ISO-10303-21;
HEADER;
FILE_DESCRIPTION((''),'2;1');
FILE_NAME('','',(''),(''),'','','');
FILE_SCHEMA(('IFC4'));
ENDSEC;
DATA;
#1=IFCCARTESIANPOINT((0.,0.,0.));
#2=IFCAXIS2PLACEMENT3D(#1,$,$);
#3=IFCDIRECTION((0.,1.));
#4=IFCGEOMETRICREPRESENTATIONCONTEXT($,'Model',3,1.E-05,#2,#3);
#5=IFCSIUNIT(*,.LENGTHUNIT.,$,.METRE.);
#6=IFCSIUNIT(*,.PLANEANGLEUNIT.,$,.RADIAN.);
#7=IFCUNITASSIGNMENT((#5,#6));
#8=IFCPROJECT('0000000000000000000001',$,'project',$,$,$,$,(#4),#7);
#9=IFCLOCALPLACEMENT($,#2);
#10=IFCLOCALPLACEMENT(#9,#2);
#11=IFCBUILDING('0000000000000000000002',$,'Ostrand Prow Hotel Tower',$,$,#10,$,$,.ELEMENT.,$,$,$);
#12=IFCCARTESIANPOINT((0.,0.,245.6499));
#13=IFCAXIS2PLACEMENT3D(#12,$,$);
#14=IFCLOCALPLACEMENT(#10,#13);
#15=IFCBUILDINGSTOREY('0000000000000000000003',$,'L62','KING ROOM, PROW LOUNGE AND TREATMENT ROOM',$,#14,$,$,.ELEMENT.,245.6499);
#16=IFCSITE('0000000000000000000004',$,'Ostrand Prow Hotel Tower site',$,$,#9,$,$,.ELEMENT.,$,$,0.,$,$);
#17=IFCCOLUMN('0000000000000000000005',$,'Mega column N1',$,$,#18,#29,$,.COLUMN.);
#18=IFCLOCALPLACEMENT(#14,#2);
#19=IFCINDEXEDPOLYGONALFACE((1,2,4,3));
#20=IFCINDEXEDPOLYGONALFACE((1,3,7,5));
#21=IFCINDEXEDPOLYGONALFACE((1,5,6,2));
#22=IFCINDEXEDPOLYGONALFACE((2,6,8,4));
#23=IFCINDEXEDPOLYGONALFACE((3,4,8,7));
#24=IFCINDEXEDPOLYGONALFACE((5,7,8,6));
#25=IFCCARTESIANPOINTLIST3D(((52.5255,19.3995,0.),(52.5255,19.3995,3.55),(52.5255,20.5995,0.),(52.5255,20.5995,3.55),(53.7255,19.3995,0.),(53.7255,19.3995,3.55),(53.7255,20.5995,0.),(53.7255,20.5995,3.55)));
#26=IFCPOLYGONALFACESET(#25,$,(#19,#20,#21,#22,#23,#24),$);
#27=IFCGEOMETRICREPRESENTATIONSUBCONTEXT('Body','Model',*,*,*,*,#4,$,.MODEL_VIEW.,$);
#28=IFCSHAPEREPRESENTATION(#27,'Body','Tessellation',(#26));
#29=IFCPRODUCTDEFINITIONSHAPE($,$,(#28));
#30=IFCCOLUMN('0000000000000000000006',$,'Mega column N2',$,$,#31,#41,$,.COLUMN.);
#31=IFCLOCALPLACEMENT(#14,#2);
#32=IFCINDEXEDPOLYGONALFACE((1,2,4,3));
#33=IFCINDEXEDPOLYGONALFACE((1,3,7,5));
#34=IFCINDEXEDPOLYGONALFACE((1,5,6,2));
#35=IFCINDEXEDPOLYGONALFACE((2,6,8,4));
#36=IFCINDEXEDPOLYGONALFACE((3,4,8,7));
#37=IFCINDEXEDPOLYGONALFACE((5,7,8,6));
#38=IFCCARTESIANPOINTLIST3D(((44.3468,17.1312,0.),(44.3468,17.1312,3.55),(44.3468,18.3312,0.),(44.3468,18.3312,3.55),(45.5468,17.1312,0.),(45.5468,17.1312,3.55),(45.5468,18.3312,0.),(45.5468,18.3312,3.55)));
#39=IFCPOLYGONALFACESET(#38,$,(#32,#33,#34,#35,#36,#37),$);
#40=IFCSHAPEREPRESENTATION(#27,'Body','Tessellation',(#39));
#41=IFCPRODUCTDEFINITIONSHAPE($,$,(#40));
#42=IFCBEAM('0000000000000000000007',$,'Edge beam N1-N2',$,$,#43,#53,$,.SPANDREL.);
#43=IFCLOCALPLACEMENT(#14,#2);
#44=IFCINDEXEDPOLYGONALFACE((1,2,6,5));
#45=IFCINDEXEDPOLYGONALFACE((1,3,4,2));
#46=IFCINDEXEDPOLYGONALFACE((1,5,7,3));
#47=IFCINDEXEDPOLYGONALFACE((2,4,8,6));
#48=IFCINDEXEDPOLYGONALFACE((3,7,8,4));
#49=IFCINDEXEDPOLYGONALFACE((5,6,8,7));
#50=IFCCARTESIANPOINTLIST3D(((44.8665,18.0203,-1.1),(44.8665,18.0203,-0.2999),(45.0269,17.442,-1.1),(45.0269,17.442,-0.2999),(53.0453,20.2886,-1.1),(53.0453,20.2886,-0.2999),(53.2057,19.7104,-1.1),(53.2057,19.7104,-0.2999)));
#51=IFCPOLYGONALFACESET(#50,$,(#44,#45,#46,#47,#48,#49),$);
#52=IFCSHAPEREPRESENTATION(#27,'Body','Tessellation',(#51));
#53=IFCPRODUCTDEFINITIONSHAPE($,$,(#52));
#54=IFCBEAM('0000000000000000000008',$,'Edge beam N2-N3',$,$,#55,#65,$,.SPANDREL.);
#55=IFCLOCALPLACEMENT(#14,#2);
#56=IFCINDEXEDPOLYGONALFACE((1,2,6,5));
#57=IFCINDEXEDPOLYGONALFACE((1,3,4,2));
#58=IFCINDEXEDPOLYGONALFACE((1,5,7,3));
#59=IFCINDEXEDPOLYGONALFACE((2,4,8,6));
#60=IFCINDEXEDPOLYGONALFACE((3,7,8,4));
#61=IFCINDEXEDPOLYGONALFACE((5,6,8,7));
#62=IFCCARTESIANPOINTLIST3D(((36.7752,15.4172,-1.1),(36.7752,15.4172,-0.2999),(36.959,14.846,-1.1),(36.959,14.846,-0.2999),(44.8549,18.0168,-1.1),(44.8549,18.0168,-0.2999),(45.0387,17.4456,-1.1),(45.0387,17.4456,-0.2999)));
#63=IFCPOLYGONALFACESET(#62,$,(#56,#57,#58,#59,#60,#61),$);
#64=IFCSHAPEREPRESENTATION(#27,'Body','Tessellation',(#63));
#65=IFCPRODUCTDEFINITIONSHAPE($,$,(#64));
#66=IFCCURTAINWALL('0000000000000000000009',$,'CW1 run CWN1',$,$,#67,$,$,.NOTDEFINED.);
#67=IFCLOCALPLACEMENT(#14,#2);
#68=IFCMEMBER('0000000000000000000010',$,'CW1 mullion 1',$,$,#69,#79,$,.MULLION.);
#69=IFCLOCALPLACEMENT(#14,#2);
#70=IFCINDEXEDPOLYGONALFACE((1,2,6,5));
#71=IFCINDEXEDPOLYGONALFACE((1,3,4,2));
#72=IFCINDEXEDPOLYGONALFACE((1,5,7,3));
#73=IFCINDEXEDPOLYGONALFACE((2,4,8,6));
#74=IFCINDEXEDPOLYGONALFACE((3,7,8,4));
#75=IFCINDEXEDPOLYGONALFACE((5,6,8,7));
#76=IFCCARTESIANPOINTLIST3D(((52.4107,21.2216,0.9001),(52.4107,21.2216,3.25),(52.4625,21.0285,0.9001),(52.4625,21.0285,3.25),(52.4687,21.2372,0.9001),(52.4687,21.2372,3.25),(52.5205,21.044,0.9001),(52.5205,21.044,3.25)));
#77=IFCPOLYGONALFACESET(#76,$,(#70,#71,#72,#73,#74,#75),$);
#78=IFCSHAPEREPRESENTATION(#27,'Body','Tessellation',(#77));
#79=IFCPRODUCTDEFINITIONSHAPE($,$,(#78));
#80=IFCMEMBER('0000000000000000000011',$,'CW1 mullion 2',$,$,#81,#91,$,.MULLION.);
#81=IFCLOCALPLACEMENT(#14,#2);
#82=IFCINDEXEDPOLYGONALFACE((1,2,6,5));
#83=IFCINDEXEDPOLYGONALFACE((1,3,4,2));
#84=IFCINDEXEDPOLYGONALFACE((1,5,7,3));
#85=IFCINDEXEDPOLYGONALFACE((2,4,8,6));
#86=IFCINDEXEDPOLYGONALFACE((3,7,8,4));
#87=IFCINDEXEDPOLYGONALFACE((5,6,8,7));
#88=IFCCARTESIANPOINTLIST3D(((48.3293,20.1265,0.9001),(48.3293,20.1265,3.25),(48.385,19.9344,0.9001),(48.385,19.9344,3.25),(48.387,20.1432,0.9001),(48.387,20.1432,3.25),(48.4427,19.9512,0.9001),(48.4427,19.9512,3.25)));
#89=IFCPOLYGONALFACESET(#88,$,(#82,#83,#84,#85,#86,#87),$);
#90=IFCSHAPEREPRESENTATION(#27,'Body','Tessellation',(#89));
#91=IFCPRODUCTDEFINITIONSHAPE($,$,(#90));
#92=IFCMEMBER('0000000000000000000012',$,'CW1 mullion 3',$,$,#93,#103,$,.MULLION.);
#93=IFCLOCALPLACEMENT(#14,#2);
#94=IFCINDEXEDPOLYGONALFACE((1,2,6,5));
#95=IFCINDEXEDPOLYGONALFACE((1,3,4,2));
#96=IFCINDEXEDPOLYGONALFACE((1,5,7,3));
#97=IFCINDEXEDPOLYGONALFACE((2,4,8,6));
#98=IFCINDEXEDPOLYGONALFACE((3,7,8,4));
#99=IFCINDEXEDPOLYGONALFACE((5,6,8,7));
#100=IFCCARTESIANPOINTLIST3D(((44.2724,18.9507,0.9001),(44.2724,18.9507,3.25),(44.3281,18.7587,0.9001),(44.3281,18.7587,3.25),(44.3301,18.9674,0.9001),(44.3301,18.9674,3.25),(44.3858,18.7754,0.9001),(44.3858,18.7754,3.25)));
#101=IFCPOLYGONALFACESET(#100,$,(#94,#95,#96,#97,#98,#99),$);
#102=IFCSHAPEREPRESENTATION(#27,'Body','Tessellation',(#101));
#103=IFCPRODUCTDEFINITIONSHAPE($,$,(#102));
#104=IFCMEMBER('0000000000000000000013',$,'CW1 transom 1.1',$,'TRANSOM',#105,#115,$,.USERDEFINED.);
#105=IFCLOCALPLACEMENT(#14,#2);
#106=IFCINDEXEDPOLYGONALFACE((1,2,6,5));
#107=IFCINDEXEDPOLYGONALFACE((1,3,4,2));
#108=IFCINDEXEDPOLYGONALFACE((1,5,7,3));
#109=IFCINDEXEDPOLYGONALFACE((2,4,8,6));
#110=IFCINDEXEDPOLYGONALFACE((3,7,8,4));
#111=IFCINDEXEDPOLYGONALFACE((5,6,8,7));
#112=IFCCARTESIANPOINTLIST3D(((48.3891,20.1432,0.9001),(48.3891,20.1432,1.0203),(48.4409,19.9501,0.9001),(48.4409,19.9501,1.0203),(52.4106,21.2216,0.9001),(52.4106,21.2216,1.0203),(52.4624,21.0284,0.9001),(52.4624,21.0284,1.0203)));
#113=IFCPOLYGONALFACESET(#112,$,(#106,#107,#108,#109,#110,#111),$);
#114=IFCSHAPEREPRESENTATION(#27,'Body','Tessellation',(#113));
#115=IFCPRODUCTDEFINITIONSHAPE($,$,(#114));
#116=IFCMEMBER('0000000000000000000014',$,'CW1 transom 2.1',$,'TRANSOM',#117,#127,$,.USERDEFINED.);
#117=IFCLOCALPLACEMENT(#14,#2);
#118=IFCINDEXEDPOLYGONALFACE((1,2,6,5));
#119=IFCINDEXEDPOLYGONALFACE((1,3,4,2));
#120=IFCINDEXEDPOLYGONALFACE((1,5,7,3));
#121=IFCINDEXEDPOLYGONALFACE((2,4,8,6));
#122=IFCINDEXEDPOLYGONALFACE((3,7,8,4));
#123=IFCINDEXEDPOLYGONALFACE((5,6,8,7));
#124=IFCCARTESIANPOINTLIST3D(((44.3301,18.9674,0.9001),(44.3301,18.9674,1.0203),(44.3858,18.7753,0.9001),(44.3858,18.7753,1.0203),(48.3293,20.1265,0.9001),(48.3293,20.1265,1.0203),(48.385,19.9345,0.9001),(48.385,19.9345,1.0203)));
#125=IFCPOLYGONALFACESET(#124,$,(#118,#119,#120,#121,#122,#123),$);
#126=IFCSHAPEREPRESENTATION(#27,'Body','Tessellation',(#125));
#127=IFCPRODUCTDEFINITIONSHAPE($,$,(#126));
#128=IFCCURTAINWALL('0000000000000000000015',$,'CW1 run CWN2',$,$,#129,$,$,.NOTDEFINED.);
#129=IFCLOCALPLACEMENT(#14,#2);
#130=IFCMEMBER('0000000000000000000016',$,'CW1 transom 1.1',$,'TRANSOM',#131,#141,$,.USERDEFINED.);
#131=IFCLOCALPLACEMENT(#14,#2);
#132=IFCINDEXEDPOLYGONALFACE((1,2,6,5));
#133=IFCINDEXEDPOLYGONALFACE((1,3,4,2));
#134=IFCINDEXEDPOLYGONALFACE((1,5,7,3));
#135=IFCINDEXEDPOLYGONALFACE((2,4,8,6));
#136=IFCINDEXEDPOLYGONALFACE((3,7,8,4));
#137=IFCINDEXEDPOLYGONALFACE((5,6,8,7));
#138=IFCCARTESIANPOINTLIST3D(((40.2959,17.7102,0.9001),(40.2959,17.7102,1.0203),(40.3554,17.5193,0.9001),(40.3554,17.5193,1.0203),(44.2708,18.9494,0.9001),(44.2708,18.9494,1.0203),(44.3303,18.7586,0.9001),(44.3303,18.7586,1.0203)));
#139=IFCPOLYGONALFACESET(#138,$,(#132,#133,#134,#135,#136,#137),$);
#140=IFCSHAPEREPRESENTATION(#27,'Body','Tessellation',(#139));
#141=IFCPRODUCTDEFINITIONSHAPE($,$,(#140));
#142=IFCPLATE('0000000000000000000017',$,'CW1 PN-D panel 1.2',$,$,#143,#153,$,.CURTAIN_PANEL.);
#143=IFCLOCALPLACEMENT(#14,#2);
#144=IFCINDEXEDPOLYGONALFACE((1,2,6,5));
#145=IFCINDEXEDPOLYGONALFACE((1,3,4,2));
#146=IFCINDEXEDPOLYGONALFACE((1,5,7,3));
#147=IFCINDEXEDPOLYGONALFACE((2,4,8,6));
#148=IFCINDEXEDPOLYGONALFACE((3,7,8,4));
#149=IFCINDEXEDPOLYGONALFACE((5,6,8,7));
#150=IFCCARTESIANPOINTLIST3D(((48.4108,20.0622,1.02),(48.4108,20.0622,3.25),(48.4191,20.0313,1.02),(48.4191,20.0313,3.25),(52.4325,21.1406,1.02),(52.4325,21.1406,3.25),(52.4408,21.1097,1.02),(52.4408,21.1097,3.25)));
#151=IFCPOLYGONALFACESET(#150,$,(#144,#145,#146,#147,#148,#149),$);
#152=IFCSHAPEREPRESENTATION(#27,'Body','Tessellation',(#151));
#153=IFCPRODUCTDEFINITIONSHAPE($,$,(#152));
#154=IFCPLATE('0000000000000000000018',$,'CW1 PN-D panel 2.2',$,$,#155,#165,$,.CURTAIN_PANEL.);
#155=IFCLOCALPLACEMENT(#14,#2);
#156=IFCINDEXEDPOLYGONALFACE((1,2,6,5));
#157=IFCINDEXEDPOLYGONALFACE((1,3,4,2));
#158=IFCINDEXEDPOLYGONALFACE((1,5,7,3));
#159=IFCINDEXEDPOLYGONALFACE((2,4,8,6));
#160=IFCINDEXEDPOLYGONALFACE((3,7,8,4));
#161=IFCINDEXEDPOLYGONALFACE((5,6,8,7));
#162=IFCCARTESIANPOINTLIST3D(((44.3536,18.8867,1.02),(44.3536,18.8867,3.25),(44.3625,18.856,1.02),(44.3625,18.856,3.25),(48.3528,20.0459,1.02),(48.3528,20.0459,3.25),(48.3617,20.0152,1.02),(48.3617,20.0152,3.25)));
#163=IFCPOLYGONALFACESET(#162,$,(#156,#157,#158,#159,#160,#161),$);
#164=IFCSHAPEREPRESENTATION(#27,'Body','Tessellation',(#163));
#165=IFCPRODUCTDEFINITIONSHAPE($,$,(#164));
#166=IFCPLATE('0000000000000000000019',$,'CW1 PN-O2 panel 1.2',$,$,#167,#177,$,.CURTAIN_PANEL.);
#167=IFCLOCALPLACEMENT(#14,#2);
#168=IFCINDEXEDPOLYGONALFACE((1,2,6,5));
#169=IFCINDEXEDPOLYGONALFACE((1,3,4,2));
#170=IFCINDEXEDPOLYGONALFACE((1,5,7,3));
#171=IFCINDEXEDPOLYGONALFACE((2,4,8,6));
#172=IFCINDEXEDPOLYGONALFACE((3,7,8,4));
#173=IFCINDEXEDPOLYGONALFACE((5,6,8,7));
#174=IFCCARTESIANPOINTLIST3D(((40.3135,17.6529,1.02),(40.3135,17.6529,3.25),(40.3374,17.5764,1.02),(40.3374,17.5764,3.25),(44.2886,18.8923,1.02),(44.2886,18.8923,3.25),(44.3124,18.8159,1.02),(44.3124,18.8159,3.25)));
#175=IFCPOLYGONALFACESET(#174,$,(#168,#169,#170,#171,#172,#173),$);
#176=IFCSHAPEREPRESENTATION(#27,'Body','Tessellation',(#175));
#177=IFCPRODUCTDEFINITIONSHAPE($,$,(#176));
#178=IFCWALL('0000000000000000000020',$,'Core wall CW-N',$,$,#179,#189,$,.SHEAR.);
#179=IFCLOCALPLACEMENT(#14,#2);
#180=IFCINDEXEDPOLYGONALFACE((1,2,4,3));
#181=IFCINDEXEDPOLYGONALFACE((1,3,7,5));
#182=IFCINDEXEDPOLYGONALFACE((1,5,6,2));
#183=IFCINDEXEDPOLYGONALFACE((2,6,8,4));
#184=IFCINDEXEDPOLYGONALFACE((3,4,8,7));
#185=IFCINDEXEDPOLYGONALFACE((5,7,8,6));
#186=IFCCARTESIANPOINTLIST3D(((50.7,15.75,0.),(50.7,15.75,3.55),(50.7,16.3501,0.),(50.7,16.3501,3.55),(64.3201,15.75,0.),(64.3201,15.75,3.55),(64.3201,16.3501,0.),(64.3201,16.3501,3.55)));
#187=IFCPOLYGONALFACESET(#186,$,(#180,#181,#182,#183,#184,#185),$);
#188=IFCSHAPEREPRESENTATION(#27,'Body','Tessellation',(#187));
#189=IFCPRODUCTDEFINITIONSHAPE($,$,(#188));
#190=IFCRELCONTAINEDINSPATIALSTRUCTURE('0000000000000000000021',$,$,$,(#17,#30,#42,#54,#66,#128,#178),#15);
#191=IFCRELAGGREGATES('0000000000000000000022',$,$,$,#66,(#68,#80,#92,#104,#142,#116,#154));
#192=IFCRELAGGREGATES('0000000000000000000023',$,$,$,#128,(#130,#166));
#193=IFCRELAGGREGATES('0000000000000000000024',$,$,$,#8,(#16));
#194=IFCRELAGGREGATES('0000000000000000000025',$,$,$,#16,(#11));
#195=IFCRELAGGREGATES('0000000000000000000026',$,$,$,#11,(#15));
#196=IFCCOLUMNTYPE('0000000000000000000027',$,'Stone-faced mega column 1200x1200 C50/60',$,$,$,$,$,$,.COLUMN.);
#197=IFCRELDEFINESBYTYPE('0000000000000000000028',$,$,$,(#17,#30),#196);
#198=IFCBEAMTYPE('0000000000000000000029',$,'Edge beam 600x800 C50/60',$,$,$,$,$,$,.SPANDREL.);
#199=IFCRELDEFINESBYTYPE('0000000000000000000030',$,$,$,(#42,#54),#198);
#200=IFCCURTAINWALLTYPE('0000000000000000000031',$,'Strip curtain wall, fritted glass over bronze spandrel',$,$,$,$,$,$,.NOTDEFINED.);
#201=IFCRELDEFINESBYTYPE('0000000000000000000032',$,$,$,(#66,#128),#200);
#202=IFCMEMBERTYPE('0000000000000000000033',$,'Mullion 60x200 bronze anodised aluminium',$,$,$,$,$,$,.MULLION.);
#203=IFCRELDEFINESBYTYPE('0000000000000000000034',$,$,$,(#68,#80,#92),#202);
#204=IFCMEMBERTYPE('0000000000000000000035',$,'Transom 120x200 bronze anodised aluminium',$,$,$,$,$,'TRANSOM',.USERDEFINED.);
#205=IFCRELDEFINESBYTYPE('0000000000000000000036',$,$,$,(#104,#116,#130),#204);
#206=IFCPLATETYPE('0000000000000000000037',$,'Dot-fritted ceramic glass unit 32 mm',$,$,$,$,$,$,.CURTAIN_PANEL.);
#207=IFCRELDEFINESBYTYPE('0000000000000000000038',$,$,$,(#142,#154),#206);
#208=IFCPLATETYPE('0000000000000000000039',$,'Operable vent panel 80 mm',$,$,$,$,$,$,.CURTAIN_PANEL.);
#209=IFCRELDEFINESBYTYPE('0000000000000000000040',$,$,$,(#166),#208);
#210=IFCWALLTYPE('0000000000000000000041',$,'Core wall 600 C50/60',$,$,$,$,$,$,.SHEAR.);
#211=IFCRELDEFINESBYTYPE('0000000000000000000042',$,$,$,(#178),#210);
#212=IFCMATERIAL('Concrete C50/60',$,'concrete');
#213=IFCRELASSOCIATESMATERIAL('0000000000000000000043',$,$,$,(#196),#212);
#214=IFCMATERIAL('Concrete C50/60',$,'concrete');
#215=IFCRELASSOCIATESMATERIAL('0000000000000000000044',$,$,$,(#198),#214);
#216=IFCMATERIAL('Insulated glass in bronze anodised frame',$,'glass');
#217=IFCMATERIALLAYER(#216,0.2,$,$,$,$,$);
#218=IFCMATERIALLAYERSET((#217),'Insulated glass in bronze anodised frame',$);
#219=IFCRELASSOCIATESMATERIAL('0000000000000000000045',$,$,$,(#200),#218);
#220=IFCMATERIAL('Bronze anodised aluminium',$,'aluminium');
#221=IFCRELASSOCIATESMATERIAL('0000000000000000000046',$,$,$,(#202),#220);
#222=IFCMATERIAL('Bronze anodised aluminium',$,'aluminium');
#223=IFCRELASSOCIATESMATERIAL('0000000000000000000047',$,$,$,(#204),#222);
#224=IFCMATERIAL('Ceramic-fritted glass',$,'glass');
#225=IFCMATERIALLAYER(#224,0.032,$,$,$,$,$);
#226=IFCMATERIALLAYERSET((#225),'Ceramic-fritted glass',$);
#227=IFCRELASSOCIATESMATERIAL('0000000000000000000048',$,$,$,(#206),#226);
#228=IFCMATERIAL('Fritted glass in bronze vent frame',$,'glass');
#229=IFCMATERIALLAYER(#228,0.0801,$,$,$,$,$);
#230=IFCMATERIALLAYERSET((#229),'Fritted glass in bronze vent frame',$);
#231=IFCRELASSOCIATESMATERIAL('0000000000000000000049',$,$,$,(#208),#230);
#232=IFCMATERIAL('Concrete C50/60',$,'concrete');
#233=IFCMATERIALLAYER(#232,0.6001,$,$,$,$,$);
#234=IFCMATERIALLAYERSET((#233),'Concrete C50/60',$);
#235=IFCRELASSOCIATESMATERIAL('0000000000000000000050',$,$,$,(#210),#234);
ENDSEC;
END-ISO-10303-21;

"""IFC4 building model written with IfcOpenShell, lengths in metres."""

from ifc_helpers import new_model, si_unit, direction, frame, frame_2d, origin, origin_2d, place, context, subcontext, project, spatial, rectangle, extrude, material, layer, layer_set, material_profile, profile_set, type_object, element, aggregate, save


model = new_model("IFC4")

# Units and contexts
model_context = context("Model", 3, precision=1e-05, world=origin(), true_north=direction((0.0, 1.0)))
body_context = subcontext(model_context, "Body", "Model", "MODEL_VIEW")
ifc_project = project(units=[si_unit("LENGTHUNIT", "METRE"), si_unit("PLANEANGLEUNIT", "RADIAN")], contexts=[model_context])

# Site, building, storey
site_placement = place(None, origin())
site = spatial("IfcSite", under=ifc_project, at=site_placement, Name="Ostrand Prow Hotel Tower site", CompositionType="ELEMENT", RefElevation=0.0)
building_placement = place(site_placement, origin())
building = spatial("IfcBuilding", under=site, at=building_placement, Name="Ostrand Prow Hotel Tower", CompositionType="ELEMENT")
storey_placement = place(building_placement, frame((0.0, 0.0, 245.6499)))
storey = spatial("IfcBuildingStorey", under=building, at=storey_placement, Name="L62", Description="KING ROOM, PROW LOUNGE AND TREATMENT ROOM", CompositionType="ELEMENT", Elevation=245.6499)

# Columns
ifc_material_1 = material(Name="Concrete C50/60", Category="concrete")
ifc_material_profile_1 = material_profile(ifc_material_1, rectangle(XDim=1.2, YDim=1.2, at=origin_2d()), Name="RC 1200x1200")
ifc_profile_set_1 = profile_set([ifc_material_profile_1], Name="Concrete C50/60")
column_type = type_object("IfcColumnType", Name="Stone-faced mega column 1200x1200 C50/60", PredefinedType="COLUMN", material=ifc_profile_set_1)
for number, where, z_axis, x_axis, name in (
    (1, (53.1255, 19.9995, 0.0), (0.0, 0.0, 1.0), (1.0, 0.0, 0.0), "Mega column N1"),
    (2, (44.9468, 17.7312, 0.0), (0.0, 0.0, 1.0), (1.0, 0.0, 0.0), "Mega column N2"),
):
    element("IfcColumn", number, at=place(storey_placement, frame(where, z_axis=z_axis, x_axis=x_axis)), inside=storey, type_object=column_type, Name=name, PredefinedType="COLUMN", context=body_context, shape_type="SweptSolid", body=[
        extrude(rectangle(XDim=1.2, YDim=1.2, at=origin_2d()), origin(), (0.0, 0.0, 1.0), 3.55),
    ])

# Beams
ifc_material_2 = material(Name="Concrete C50/60", Category="concrete")
ifc_material_profile_2 = material_profile(ifc_material_2, rectangle(XDim=0.6001, YDim=0.8, at=origin_2d()), Name="RC 600x800")
ifc_profile_set_2 = profile_set([ifc_material_profile_2], Name="Concrete C50/60")
beam_type = type_object("IfcBeamType", Name="Edge beam 600x800 C50/60", PredefinedType="SPANDREL", material=ifc_profile_set_2)
for number, where, z_axis, x_axis, name in (
    (3, (53.1255, 19.9995, -0.7), (-0.963626, -0.267255, 0.0), (0.267255, -0.963626, 0.0), "Edge beam N1-N2"),
    (4, (44.9468, 17.7312, -0.7), (-0.951939, -0.306287, 0.0), (0.306287, -0.951939, 0.0), "Edge beam N2-N3"),
):
    element("IfcBeam", number, at=place(storey_placement, frame(where, z_axis=z_axis, x_axis=x_axis)), inside=storey, type_object=beam_type, Name=name, PredefinedType="SPANDREL", context=body_context, shape_type="SweptSolid", body=[
        extrude(rectangle(XDim=0.6001, YDim=0.8, at=origin_2d()), origin(), (0.0, 0.0, 1.0), 8.4875),
    ])

# Curtain wall, members
ifc_material_3 = material(Name="Insulated glass in bronze anodised frame", Category="glass")
ifc_layer_1 = layer(ifc_material_3, 0.2)
ifc_layer_set_1 = layer_set([ifc_layer_1], Name="Insulated glass in bronze anodised frame")
curtain_wall_type = type_object("IfcCurtainWallType", Name="Strip curtain wall, fritted glass over bronze spandrel", PredefinedType="NOTDEFINED", material=ifc_layer_set_1)
curtain_wall_1_placement = place(storey_placement, origin())
curtain_wall_1 = element("IfcCurtainWall", 5, at=curtain_wall_1_placement, inside=storey, type_object=curtain_wall_type, Name="CW1 run CWN1", PredefinedType="NOTDEFINED")
ifc_material_4 = material(Name="Bronze anodised aluminium", Category="aluminium")
ifc_material_profile_3 = material_profile(ifc_material_4, rectangle(XDim=0.2, YDim=0.0601, at=origin_2d()), Name="Mullion 60x200 bronze anodised aluminium")
ifc_profile_set_3 = profile_set([ifc_material_profile_3], Name="Bronze anodised aluminium")
member_type_1 = type_object("IfcMemberType", Name="Mullion 60x200 bronze anodised aluminium", PredefinedType="MULLION", material=ifc_profile_set_3)
member_1_placement = place(storey_placement, frame((52.4656, 21.1328, 0.9001), z_axis=(0.0, 0.0, 1.0), x_axis=(0.258994, -0.965879, 0.0)))
member_1 = element("IfcMember", 6, at=member_1_placement, type_object=member_type_1, Name="CW1 mullion 1", PredefinedType="MULLION", context=body_context, shape_type="SweptSolid", body=[
    extrude(rectangle(XDim=0.2, YDim=0.0601, at=origin_2d()), origin(), (0.0, 0.0, 1.0), 2.3499),
])
member_2_placement = place(storey_placement, frame((48.386, 20.0388, 0.9001), z_axis=(0.0, 0.0, 1.0), x_axis=(0.278393, -0.960467, 0.0)))
member_2 = element("IfcMember", 7, at=member_2_placement, type_object=member_type_1, Name="CW1 mullion 2", PredefinedType="MULLION", context=body_context, shape_type="SweptSolid", body=[
    extrude(rectangle(XDim=0.2, YDim=0.0601, at=origin_2d()), origin(), (0.0, 0.0, 1.0), 2.3499),
])
member_3_placement = place(storey_placement, frame((44.3291, 18.863, 0.9001), z_axis=(0.0, 0.0, 1.0), x_axis=(0.278393, -0.960467, 0.0)))
member_3 = element("IfcMember", 8, at=member_3_placement, type_object=member_type_1, Name="CW1 mullion 3", PredefinedType="MULLION", context=body_context, shape_type="SweptSolid", body=[
    extrude(rectangle(XDim=0.2, YDim=0.0601, at=origin_2d()), origin(), (0.0, 0.0, 1.0), 2.3499),
])
ifc_material_5 = material(Name="Bronze anodised aluminium", Category="aluminium")
ifc_material_profile_4 = material_profile(ifc_material_5, rectangle(XDim=0.2, YDim=0.1201, at=origin_2d()), Name="Transom 120x200 bronze anodised aluminium")
ifc_profile_set_4 = profile_set([ifc_material_profile_4], Name="Bronze anodised aluminium")
member_type_2 = type_object("IfcMemberType", Name="Transom 120x200 bronze anodised aluminium", ElementType="TRANSOM", PredefinedType="USERDEFINED", material=ifc_profile_set_4)
member_4_placement = place(storey_placement, frame((52.4365, 21.125, 0.9602), z_axis=(-0.965877, -0.259002, 0.0), x_axis=(0.259002, -0.965877, 0.0)))
member_4 = element("IfcMember", 9, at=member_4_placement, type_object=member_type_2, Name="CW1 transom 1.1", ObjectType="TRANSOM", PredefinedType="USERDEFINED", context=body_context, shape_type="SweptSolid", body=[
    extrude(rectangle(XDim=0.2, YDim=0.1201, at=origin_2d()), origin(), (0.0, 0.0, 1.0), 4.1636),
])
member_5_placement = place(storey_placement, frame((48.3572, 20.0305, 0.9602), z_axis=(-0.960468, -0.27839, 0.0), x_axis=(0.27839, -0.960468, 0.0)))
member_5 = element("IfcMember", 10, at=member_5_placement, type_object=member_type_2, Name="CW1 transom 2.1", ObjectType="TRANSOM", PredefinedType="USERDEFINED", context=body_context, shape_type="SweptSolid", body=[
    extrude(rectangle(XDim=0.2, YDim=0.1201, at=origin_2d()), origin(), (0.0, 0.0, 1.0), 4.1638),
])

# Curtain wall, member
curtain_wall_2_placement = place(storey_placement, origin())
curtain_wall_2 = element("IfcCurtainWall", 11, at=curtain_wall_2_placement, inside=storey, type_object=curtain_wall_type, Name="CW1 run CWN2", PredefinedType="NOTDEFINED")
member_6_placement = place(storey_placement, frame((44.3005, 18.854, 0.9602), z_axis=(-0.954677, -0.297644, 0.0), x_axis=(0.297644, -0.954677, 0.0)))
member_6 = element("IfcMember", 12, at=member_6_placement, type_object=member_type_2, Name="CW1 transom 1.1", ObjectType="TRANSOM", PredefinedType="USERDEFINED", context=body_context, shape_type="SweptSolid", body=[
    extrude(rectangle(XDim=0.2, YDim=0.1201, at=origin_2d()), origin(), (0.0, 0.0, 1.0), 4.1636),
])

# Plates
ifc_material_6 = material(Name="Ceramic-fritted glass", Category="glass")
ifc_layer_2 = layer(ifc_material_6, 0.032)
ifc_layer_set_2 = layer_set([ifc_layer_2], Name="Ceramic-fritted glass")
plate_type_1 = type_object("IfcPlateType", Name="Dot-fritted ceramic glass unit 32 mm", PredefinedType="CURTAIN_PANEL", material=ifc_layer_set_2)
plate_1_placement = place(storey_placement, frame((50.4258, 20.5859, 1.02), z_axis=(0.0, 0.0, 1.0), x_axis=(-0.965879, -0.258994, 0.0)))
plate_1 = element("IfcPlate", 13, at=plate_1_placement, type_object=plate_type_1, Name="CW1 PN-D panel 1.2", PredefinedType="CURTAIN_PANEL", context=body_context, shape_type="SweptSolid", body=[
    extrude(rectangle(XDim=4.1638, YDim=0.032, at=origin_2d()), origin(), (0.0, 0.0, 1.0), 2.23),
])
plate_2_placement = place(storey_placement, frame((46.3577, 19.4509, 1.02), z_axis=(0.0, 0.0, 1.0), x_axis=(-0.960467, -0.278393, 0.0)))
plate_2 = element("IfcPlate", 14, at=plate_2_placement, type_object=plate_type_1, Name="CW1 PN-D panel 2.2", PredefinedType="CURTAIN_PANEL", context=body_context, shape_type="SweptSolid", body=[
    extrude(rectangle(XDim=4.1638, YDim=0.032, at=origin_2d()), origin(), (0.0, 0.0, 1.0), 2.23),
])
aggregate(curtain_wall_1, [member_1, member_2, member_3, member_4, plate_1, member_5, plate_2])
ifc_material_7 = material(Name="Fritted glass in bronze vent frame", Category="glass")
ifc_layer_3 = layer(ifc_material_7, 0.0801)
ifc_layer_set_3 = layer_set([ifc_layer_3], Name="Fritted glass in bronze vent frame")
plate_type_2 = type_object("IfcPlateType", Name="Operable vent panel 80 mm", PredefinedType="CURTAIN_PANEL", material=ifc_layer_set_3)
plate_3_placement = place(storey_placement, frame((42.313, 18.2344, 1.02), z_axis=(0.0, 0.0, 1.0), x_axis=(-0.954666, -0.297678, 0.0)))
plate_3 = element("IfcPlate", 15, at=plate_3_placement, type_object=plate_type_2, Name="CW1 PN-O2 panel 1.2", PredefinedType="CURTAIN_PANEL", context=body_context, shape_type="SweptSolid", body=[
    extrude(rectangle(XDim=4.1638, YDim=0.0801, at=origin_2d()), origin(), (0.0, 0.0, 1.0), 2.23),
])
aggregate(curtain_wall_2, [member_6, plate_3])

# Wall
ifc_material_8 = material(Name="Concrete C50/60", Category="concrete")
ifc_layer_4 = layer(ifc_material_8, 0.6001)
ifc_layer_set_4 = layer_set([ifc_layer_4], Name="Concrete C50/60")
wall_type_1 = type_object("IfcWallType", Name="Core wall 600 C50/60", PredefinedType="SHEAR", material=ifc_layer_set_4)
wall_1_placement = place(storey_placement, frame((50.7, 16.05, 0.0), z_axis=(0.0, 0.0, 1.0), x_axis=(1.0, 0.0, 0.0)))
element("IfcWall", 16, at=wall_1_placement, inside=storey, type_object=wall_type_1, Name="Core wall CW-N", PredefinedType="SHEAR", context=body_context, shape_type="SweptSolid", body=[
    extrude(rectangle(XDim=13.6201, YDim=0.6001, at=frame_2d((6.8101, 0.0))), origin(), (0.0, 0.0, 1.0), 3.55),
])

save(model, "model.ifc")
